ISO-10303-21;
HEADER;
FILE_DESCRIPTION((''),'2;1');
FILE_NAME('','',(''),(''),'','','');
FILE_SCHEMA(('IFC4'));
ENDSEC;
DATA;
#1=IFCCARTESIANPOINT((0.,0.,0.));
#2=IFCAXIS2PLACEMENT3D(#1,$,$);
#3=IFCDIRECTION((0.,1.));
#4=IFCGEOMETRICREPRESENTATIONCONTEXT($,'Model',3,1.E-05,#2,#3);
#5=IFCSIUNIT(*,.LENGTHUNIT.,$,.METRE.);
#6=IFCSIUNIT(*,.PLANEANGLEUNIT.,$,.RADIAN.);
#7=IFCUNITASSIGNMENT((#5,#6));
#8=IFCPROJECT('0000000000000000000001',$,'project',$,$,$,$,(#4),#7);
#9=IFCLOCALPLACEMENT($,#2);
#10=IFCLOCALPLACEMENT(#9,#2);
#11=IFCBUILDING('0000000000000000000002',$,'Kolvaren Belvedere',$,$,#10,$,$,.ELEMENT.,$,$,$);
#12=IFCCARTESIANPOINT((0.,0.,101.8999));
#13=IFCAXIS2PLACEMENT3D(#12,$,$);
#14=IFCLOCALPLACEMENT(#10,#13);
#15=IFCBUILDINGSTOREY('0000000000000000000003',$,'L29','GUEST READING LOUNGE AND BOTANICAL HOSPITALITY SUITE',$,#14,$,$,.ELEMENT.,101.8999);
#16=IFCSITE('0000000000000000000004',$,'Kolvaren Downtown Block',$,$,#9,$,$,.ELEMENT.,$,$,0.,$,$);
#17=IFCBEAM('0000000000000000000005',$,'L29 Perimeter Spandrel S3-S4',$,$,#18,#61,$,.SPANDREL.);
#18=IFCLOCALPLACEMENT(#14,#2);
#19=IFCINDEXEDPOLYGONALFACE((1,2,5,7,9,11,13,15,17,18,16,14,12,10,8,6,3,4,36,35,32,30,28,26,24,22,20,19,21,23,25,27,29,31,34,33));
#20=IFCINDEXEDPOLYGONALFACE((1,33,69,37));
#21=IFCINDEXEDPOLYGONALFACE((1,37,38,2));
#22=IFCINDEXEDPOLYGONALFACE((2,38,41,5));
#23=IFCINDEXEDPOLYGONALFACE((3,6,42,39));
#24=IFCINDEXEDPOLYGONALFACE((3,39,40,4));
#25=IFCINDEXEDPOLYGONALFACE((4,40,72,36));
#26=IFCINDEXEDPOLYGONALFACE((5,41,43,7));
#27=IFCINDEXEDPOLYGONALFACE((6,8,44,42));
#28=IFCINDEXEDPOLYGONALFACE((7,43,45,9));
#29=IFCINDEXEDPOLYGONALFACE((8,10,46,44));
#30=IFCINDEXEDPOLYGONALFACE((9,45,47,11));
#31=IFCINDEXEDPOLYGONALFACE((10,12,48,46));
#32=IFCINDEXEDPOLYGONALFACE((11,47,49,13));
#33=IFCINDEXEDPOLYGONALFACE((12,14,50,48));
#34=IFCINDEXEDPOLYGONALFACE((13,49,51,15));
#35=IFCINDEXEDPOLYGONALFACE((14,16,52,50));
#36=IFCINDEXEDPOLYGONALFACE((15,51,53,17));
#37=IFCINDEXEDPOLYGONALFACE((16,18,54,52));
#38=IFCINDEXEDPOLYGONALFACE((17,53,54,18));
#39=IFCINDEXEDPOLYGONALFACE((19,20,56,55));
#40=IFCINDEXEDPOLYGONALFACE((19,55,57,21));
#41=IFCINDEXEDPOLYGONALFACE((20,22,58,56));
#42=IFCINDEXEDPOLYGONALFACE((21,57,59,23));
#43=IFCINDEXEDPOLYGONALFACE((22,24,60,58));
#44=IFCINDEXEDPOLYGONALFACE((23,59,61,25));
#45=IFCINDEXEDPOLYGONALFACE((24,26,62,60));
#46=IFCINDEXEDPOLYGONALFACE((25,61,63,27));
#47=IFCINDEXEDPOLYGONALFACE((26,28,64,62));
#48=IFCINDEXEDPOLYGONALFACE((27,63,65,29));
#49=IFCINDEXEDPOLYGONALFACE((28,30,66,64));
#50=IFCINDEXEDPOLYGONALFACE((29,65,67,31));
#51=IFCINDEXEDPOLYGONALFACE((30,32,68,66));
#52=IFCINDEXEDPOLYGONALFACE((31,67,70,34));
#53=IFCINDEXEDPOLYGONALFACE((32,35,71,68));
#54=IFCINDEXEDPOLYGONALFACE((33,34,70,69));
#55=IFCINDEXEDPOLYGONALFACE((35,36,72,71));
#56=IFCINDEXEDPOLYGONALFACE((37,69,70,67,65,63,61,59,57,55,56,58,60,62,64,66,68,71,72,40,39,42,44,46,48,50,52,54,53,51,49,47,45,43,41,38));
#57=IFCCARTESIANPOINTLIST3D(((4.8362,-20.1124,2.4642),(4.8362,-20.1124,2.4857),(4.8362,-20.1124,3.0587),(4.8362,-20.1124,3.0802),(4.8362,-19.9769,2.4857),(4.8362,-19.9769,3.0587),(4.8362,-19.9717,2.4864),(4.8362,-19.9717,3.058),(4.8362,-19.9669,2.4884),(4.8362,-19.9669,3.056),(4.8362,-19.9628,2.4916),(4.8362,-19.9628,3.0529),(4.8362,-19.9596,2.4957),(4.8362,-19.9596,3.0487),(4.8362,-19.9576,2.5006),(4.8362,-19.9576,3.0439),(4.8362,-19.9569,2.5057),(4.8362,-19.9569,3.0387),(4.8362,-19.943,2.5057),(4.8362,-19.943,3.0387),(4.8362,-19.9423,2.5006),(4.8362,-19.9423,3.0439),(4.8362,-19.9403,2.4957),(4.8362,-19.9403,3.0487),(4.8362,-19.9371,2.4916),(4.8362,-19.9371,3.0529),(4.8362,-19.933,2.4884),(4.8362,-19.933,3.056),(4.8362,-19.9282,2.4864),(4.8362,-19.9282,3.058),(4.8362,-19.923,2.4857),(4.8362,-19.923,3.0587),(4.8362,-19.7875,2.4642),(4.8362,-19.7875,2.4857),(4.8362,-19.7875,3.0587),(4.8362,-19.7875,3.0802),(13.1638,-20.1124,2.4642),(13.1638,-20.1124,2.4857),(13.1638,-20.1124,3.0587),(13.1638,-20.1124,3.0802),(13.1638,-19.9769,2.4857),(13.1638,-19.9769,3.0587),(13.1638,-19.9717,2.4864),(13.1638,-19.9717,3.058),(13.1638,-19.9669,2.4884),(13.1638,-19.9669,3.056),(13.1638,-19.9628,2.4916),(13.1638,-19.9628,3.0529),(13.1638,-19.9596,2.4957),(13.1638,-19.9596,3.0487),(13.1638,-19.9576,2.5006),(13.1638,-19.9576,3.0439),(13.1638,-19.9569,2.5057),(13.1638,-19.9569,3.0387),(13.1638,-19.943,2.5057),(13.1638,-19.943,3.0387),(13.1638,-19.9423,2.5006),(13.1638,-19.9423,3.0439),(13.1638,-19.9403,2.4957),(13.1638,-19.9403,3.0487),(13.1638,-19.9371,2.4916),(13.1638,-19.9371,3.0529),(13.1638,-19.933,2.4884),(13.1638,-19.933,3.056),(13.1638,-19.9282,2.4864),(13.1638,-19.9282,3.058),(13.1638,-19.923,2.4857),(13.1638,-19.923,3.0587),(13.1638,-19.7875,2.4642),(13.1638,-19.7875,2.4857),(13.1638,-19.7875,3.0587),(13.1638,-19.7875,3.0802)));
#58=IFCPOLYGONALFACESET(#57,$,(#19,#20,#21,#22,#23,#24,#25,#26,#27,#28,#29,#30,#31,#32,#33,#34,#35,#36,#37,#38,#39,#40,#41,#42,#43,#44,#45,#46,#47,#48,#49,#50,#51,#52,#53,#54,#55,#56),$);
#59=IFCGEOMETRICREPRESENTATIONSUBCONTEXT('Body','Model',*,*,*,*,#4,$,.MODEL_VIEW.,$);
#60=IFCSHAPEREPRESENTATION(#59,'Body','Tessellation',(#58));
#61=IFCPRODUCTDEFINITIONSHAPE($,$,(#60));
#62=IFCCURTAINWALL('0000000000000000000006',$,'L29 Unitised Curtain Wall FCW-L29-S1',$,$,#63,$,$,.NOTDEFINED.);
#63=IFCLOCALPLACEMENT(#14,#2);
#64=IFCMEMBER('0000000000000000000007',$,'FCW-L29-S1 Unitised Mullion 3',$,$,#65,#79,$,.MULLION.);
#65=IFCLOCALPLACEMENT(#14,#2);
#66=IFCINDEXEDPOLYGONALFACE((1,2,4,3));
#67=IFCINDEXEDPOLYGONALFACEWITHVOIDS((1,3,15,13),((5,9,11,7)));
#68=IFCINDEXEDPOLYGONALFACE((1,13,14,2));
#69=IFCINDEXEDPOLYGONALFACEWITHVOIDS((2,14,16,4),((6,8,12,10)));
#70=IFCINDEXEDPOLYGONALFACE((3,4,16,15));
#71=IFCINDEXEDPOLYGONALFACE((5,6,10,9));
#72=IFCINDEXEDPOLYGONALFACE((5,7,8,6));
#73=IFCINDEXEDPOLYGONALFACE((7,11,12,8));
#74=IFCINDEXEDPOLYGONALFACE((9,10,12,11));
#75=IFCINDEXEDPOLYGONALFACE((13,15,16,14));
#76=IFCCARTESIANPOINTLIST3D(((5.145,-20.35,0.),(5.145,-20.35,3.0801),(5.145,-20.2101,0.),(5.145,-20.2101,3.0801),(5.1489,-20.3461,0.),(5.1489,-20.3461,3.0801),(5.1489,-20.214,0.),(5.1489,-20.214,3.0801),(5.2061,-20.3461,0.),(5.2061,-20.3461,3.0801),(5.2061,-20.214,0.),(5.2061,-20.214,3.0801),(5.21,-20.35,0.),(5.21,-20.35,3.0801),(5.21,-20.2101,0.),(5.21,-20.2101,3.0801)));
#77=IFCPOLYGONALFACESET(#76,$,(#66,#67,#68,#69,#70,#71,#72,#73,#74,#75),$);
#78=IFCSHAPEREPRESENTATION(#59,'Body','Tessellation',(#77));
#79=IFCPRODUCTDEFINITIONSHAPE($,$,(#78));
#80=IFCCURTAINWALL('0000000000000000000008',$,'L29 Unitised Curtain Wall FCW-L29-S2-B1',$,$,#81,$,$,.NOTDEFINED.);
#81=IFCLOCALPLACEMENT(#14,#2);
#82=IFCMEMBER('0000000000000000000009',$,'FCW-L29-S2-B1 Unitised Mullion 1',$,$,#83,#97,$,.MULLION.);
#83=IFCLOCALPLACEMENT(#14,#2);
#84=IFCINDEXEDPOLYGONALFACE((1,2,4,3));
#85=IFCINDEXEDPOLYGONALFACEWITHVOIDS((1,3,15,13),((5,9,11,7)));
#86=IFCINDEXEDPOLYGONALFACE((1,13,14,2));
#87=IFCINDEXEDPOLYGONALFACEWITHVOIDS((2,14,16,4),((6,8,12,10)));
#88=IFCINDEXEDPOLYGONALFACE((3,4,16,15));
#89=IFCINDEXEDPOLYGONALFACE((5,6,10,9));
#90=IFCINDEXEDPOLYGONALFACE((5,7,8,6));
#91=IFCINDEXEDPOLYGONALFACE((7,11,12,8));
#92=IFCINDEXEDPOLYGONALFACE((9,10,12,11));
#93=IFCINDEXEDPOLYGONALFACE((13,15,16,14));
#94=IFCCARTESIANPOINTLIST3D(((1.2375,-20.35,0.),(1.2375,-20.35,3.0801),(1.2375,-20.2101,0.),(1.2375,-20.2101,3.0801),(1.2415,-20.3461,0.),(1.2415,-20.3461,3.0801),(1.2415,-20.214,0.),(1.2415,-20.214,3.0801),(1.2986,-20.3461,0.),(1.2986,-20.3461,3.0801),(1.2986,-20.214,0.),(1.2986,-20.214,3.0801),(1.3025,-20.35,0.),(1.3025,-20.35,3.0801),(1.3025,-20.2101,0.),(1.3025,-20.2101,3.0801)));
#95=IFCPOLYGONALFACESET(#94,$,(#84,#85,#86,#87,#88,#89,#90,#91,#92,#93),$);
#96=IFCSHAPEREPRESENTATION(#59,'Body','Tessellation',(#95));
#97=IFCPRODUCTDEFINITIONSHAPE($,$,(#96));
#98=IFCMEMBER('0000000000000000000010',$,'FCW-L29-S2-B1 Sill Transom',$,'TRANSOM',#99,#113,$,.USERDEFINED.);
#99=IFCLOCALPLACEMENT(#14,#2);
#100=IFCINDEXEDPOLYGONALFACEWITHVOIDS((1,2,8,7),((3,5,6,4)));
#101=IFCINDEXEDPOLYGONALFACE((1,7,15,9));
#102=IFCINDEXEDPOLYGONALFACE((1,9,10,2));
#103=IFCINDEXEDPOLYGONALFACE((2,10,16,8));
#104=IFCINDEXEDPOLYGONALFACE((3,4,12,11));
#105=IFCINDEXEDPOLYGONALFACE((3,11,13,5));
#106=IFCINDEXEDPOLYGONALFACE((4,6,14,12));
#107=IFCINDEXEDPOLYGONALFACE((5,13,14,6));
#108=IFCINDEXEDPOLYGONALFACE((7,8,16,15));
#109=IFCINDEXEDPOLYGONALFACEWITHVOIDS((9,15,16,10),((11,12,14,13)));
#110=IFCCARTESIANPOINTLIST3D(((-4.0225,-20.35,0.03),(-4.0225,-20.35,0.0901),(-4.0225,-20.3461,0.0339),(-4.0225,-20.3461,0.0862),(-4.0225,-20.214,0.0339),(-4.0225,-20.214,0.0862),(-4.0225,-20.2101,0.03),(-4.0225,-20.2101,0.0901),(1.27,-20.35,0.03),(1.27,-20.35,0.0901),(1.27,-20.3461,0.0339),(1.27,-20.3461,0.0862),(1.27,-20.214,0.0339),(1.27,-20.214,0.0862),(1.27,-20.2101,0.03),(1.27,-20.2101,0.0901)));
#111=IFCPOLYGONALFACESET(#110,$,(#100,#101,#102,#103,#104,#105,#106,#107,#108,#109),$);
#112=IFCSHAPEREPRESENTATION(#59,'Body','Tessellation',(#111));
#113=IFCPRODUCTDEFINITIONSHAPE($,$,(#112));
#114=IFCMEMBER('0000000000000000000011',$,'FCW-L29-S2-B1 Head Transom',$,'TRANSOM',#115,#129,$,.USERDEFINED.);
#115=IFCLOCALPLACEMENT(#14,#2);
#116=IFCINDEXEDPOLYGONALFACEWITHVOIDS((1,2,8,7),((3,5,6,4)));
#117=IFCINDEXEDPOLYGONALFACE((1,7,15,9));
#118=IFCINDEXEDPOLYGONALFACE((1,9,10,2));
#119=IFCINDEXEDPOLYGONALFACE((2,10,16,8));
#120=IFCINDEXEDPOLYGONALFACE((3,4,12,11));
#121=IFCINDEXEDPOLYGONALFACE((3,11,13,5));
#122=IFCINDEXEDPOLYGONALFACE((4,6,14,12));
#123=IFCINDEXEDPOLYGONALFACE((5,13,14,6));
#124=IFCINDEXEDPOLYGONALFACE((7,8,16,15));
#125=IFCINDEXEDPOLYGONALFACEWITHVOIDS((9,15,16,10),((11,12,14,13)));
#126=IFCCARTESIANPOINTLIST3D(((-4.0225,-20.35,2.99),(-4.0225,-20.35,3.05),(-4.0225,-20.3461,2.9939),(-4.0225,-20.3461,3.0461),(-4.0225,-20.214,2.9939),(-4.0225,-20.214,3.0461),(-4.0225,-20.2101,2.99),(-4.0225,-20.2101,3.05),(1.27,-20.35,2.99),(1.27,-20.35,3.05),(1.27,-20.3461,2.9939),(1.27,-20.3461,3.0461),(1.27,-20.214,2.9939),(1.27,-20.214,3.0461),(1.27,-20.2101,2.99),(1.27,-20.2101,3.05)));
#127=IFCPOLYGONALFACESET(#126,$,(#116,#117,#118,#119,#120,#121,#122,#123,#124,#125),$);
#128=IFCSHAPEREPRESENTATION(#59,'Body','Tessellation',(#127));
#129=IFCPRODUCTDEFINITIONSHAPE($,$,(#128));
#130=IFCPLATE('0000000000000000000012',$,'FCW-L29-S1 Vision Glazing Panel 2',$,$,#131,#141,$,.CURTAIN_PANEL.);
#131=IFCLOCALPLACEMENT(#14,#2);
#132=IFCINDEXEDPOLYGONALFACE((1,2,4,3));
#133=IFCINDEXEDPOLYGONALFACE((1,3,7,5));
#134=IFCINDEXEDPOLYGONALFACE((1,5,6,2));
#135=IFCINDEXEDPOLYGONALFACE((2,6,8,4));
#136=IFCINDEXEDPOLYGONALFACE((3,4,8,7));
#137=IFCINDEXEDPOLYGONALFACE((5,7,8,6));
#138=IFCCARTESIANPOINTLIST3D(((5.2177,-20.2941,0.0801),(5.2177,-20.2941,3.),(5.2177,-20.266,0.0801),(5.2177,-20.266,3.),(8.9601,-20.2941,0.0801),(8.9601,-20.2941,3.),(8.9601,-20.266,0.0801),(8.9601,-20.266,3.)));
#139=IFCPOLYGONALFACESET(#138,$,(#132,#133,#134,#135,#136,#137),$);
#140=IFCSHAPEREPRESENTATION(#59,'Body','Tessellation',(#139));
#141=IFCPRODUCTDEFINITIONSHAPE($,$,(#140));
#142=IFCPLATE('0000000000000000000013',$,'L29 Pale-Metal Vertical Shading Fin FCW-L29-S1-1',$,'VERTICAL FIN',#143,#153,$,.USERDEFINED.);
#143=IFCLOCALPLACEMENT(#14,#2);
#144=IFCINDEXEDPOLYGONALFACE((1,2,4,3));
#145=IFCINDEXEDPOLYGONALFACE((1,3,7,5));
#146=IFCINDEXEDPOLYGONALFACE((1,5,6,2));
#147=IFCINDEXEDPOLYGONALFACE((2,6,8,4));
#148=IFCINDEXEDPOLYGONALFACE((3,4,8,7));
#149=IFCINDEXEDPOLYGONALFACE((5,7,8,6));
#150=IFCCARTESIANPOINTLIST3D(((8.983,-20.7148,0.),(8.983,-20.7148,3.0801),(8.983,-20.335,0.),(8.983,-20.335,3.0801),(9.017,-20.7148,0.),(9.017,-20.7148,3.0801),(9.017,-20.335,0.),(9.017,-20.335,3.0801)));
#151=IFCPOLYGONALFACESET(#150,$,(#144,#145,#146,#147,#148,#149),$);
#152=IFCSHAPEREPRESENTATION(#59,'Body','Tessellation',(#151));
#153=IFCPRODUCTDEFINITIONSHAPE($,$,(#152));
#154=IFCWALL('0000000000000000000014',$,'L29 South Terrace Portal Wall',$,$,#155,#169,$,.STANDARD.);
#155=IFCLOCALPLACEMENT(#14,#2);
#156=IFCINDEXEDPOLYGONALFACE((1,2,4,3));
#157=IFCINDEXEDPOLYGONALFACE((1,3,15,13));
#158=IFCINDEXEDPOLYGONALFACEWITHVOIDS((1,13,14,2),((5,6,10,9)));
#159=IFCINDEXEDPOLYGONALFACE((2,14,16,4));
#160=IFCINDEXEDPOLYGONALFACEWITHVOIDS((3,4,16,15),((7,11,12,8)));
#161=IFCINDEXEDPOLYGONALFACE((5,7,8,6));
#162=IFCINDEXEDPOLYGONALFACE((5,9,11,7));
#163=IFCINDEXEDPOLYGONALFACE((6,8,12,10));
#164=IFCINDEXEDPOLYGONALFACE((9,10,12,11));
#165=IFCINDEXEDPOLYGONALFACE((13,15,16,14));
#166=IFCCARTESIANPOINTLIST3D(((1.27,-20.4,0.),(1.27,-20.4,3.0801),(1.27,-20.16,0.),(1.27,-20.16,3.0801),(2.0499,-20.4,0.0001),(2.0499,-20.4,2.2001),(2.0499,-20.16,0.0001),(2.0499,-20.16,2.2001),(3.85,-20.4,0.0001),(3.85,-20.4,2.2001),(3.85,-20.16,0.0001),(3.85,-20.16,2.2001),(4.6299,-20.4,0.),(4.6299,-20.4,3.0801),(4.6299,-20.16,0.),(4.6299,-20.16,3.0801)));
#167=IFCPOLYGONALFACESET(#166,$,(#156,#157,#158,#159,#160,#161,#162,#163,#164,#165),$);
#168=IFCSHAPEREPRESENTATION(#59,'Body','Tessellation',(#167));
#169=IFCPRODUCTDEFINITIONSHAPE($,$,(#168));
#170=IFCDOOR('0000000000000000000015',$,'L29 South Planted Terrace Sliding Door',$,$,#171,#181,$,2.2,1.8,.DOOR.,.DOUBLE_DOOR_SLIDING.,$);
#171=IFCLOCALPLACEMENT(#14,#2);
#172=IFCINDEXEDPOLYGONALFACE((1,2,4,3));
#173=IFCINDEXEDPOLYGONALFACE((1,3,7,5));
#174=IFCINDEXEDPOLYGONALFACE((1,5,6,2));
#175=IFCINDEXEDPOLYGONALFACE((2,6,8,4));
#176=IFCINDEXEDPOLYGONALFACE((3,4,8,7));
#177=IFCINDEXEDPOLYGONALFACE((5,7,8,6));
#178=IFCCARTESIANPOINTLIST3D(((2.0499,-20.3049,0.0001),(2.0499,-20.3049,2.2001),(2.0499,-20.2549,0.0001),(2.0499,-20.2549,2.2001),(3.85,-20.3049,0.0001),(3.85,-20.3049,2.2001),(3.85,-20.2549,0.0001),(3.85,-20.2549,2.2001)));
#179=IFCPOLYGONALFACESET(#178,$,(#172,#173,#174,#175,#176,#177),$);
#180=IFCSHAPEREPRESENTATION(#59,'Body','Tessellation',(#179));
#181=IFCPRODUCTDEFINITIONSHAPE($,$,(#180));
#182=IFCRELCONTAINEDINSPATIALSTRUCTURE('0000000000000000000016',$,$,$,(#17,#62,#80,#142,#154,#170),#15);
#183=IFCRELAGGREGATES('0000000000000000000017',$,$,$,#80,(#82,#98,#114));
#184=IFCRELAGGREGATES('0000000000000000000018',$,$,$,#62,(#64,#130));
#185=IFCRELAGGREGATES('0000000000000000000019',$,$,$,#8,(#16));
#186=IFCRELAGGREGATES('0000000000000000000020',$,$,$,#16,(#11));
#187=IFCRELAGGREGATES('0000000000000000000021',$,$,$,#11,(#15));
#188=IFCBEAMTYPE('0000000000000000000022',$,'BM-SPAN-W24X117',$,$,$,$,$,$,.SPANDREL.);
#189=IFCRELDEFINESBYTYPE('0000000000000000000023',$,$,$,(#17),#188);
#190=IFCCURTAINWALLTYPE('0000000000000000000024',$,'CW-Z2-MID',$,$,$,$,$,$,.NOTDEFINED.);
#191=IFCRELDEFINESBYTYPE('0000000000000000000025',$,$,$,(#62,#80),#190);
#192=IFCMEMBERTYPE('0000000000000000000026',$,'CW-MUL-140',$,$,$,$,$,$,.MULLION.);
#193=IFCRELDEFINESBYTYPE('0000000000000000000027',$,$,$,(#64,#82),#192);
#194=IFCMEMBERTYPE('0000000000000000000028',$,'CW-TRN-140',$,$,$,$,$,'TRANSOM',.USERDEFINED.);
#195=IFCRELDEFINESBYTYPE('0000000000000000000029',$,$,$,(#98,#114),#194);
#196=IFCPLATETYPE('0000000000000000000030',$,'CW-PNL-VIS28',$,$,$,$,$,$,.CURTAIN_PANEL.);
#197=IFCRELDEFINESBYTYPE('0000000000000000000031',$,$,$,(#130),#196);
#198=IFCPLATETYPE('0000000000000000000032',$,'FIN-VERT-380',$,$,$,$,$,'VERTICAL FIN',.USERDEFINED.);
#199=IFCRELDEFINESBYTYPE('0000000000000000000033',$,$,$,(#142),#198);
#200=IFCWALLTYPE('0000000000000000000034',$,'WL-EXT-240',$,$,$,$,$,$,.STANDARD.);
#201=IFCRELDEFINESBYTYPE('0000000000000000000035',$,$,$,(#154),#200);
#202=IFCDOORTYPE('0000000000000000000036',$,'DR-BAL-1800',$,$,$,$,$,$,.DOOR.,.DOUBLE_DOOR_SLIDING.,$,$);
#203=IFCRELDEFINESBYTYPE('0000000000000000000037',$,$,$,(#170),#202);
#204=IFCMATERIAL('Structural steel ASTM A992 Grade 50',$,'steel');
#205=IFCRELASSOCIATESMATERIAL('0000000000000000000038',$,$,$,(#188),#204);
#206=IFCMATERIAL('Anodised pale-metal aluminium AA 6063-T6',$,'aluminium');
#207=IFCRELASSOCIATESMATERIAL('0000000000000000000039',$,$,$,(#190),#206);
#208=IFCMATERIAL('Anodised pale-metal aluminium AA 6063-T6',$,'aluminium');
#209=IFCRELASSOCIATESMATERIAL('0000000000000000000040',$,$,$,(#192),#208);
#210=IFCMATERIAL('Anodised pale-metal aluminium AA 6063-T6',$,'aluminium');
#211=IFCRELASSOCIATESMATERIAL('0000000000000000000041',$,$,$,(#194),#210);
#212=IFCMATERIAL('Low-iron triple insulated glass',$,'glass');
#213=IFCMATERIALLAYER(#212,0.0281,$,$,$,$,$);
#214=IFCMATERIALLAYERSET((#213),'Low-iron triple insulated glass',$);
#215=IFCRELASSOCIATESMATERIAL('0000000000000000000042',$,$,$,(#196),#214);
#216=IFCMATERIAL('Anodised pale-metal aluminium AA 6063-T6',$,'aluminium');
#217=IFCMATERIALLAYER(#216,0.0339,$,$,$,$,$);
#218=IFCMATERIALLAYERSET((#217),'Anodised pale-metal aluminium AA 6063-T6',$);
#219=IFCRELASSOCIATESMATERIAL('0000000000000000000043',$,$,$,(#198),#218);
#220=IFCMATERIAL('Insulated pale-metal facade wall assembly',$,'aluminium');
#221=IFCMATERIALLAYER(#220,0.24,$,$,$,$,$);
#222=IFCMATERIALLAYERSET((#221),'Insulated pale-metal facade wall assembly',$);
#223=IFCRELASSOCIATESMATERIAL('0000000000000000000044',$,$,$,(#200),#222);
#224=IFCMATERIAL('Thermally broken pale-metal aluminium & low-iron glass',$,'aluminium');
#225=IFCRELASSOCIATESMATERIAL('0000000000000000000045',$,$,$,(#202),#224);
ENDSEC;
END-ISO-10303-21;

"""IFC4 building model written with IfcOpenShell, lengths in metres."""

from ifc_helpers import new_model, si_unit, direction, frame, frame_2d, origin, origin_2d, place, context, subcontext, project, spatial, rectangle, hollow_rectangle, i_section, extrude, material, layer, layer_set, material_profile, profile_set, type_object, element, fill, aggregate, save


model = new_model("IFC4")

# Units and contexts
model_context = context("Model", 3, precision=1e-05, world=origin(), true_north=direction((0.0, 1.0)))
body_context = subcontext(model_context, "Body", "Model", "MODEL_VIEW")
ifc_project = project(units=[si_unit("LENGTHUNIT", "METRE"), si_unit("PLANEANGLEUNIT", "RADIAN")], contexts=[model_context])

# Site, building, storey
site_placement = place(None, origin())
site = spatial("IfcSite", under=ifc_project, at=site_placement, Name="Kolvaren Downtown Block", CompositionType="ELEMENT", RefElevation=0.0)
building_placement = place(site_placement, origin())
building = spatial("IfcBuilding", under=site, at=building_placement, Name="Kolvaren Belvedere", CompositionType="ELEMENT")
storey_placement = place(building_placement, frame((0.0, 0.0, 101.8999)))
storey = spatial("IfcBuildingStorey", under=building, at=storey_placement, Name="L29", Description="GUEST READING LOUNGE AND BOTANICAL HOSPITALITY SUITE", CompositionType="ELEMENT", Elevation=101.8999)

# Beam
ifc_material_1 = material(Name="Structural steel ASTM A992 Grade 50", Category="steel")
ifc_material_profile_1 = material_profile(ifc_material_1, i_section(OverallWidth=0.325, OverallDepth=0.616, WebThickness=0.0139, FlangeThickness=0.0215, FilletRadius=0.02, at=origin_2d()), Name="W24X117")
ifc_profile_set_1 = profile_set([ifc_material_profile_1], Name="Structural steel ASTM A992 Grade 50")
beam_type_1 = type_object("IfcBeamType", Name="BM-SPAN-W24X117", PredefinedType="SPANDREL", material=ifc_profile_set_1)
beam_1_placement = place(storey_placement, frame((4.8362, -19.95, 2.7722), z_axis=(1.0, 0.0, 0.0), x_axis=(0.0, 1.0, 0.0)))
element("IfcBeam", 1, at=beam_1_placement, inside=storey, type_object=beam_type_1, Name="L29 Perimeter Spandrel S3-S4", PredefinedType="SPANDREL", context=body_context, shape_type="SweptSolid", body=[
    extrude(i_section(OverallWidth=0.325, OverallDepth=0.616, WebThickness=0.0139, FlangeThickness=0.0215, FilletRadius=0.02, at=origin_2d()), origin(), (0.0, 0.0, 1.0), 8.3276),
])

# Curtain wall, member
ifc_material_2 = material(Name="Anodised pale-metal aluminium AA 6063-T6", Category="aluminium")
curtain_wall_type = type_object("IfcCurtainWallType", Name="CW-Z2-MID", PredefinedType="NOTDEFINED", material=ifc_material_2)
curtain_wall_1_placement = place(storey_placement, origin())
curtain_wall_1 = element("IfcCurtainWall", 2, at=curtain_wall_1_placement, inside=storey, type_object=curtain_wall_type, Name="L29 Unitised Curtain Wall FCW-L29-S1", PredefinedType="NOTDEFINED")
ifc_material_3 = material(Name="Anodised pale-metal aluminium AA 6063-T6", Category="aluminium")
ifc_material_profile_2 = material_profile(ifc_material_3, hollow_rectangle(XDim=0.0649, YDim=0.1399, WallThickness=0.0039, at=origin_2d()), Name="ALU-MUL-140X65")
ifc_profile_set_2 = profile_set([ifc_material_profile_2], Name="Anodised pale-metal aluminium AA 6063-T6")
member_type_1 = type_object("IfcMemberType", Name="CW-MUL-140", PredefinedType="MULLION", material=ifc_profile_set_2)
member_1_placement = place(storey_placement, frame((5.1775, -20.28, 0.0), z_axis=(0.0, 0.0, 1.0), x_axis=(1.0, 0.0, 0.0)))
member_1 = element("IfcMember", 3, at=member_1_placement, type_object=member_type_1, Name="FCW-L29-S1 Unitised Mullion 3", PredefinedType="MULLION", context=body_context, shape_type="SweptSolid", body=[
    extrude(hollow_rectangle(XDim=0.0649, YDim=0.1399, WallThickness=0.0039, at=origin_2d()), origin(), (0.0, 0.0, 1.0), 3.0801),
])

# Curtain wall, members
curtain_wall_2_placement = place(storey_placement, origin())
curtain_wall_2 = element("IfcCurtainWall", 4, at=curtain_wall_2_placement, inside=storey, type_object=curtain_wall_type, Name="L29 Unitised Curtain Wall FCW-L29-S2-B1", PredefinedType="NOTDEFINED")
member_2_placement = place(storey_placement, frame((1.27, -20.28, 0.0), z_axis=(0.0, 0.0, 1.0), x_axis=(1.0, 0.0, 0.0)))
member_2 = element("IfcMember", 5, at=member_2_placement, type_object=member_type_1, Name="FCW-L29-S2-B1 Unitised Mullion 1", PredefinedType="MULLION", context=body_context, shape_type="SweptSolid", body=[
    extrude(hollow_rectangle(XDim=0.0649, YDim=0.1399, WallThickness=0.0039, at=origin_2d()), origin(), (0.0, 0.0, 1.0), 3.0801),
])
ifc_material_4 = material(Name="Anodised pale-metal aluminium AA 6063-T6", Category="aluminium")
ifc_material_profile_3 = material_profile(ifc_material_4, hollow_rectangle(XDim=0.0601, YDim=0.1399, WallThickness=0.0039, at=origin_2d()), Name="ALU-TRN-140X60")
ifc_profile_set_3 = profile_set([ifc_material_profile_3], Name="Anodised pale-metal aluminium AA 6063-T6")
member_type_2 = type_object("IfcMemberType", Name="CW-TRN-140", ElementType="TRANSOM", PredefinedType="USERDEFINED", material=ifc_profile_set_3)
member_3_placement = place(storey_placement, frame((1.27, -20.28, 0.0601), z_axis=(-1.0, 0.0, 0.0), x_axis=(0.0, 0.0, 1.0)))
member_3 = element("IfcMember", 6, at=member_3_placement, type_object=member_type_2, Name="FCW-L29-S2-B1 Sill Transom", ObjectType="TRANSOM", PredefinedType="USERDEFINED", context=body_context, shape_type="SweptSolid", body=[
    extrude(hollow_rectangle(XDim=0.0601, YDim=0.1399, WallThickness=0.0039, at=origin_2d()), origin(), (0.0, 0.0, 1.0), 5.2925),
])
member_4_placement = place(storey_placement, frame((1.27, -20.28, 3.02), z_axis=(-1.0, 0.0, 0.0), x_axis=(0.0, 0.0, 1.0)))
member_4 = element("IfcMember", 7, at=member_4_placement, type_object=member_type_2, Name="FCW-L29-S2-B1 Head Transom", ObjectType="TRANSOM", PredefinedType="USERDEFINED", context=body_context, shape_type="SweptSolid", body=[
    extrude(hollow_rectangle(XDim=0.0601, YDim=0.1399, WallThickness=0.0039, at=origin_2d()), origin(), (0.0, 0.0, 1.0), 5.2925),
])
aggregate(curtain_wall_2, [member_2, member_3, member_4])

# Plates
ifc_material_5 = material(Name="Low-iron triple insulated glass", Category="glass")
ifc_layer_1 = layer(ifc_material_5, 0.0281)
ifc_layer_set_1 = layer_set([ifc_layer_1], Name="Low-iron triple insulated glass")
plate_type_1 = type_object("IfcPlateType", Name="CW-PNL-VIS28", PredefinedType="CURTAIN_PANEL", material=ifc_layer_set_1)
plate_1_placement = place(storey_placement, frame((7.0889, -20.28, 0.0801), z_axis=(0.0, 0.0, 1.0), x_axis=(-1.0, 0.0, 0.0)))
plate_1 = element("IfcPlate", 8, at=plate_1_placement, type_object=plate_type_1, Name="FCW-L29-S1 Vision Glazing Panel 2", PredefinedType="CURTAIN_PANEL", context=body_context, shape_type="SweptSolid", body=[
    extrude(rectangle(XDim=3.7424, YDim=0.0281, at=origin_2d()), origin(), (0.0, 0.0, 1.0), 2.9199),
])
aggregate(curtain_wall_1, [member_1, plate_1])
ifc_material_6 = material(Name="Anodised pale-metal aluminium AA 6063-T6", Category="aluminium")
ifc_layer_2 = layer(ifc_material_6, 0.0339)
ifc_layer_set_2 = layer_set([ifc_layer_2], Name="Anodised pale-metal aluminium AA 6063-T6")
plate_type_2 = type_object("IfcPlateType", Name="FIN-VERT-380", ElementType="VERTICAL FIN", PredefinedType="USERDEFINED", material=ifc_layer_set_2)
plate_2_placement = place(storey_placement, frame((9.0, -20.5249, 0.0), z_axis=(0.0, 0.0, 1.0), x_axis=(0.0, 1.0, 0.0)))
element("IfcPlate", 9, at=plate_2_placement, inside=storey, type_object=plate_type_2, Name="L29 Pale-Metal Vertical Shading Fin FCW-L29-S1-1", ObjectType="VERTICAL FIN", PredefinedType="USERDEFINED", context=body_context, shape_type="SweptSolid", body=[
    extrude(rectangle(XDim=0.3799, YDim=0.0339, at=origin_2d()), origin(), (0.0, 0.0, 1.0), 3.0801),
])

# Wall, opening, door
ifc_material_7 = material(Name="Insulated pale-metal facade wall assembly", Category="aluminium")
ifc_layer_3 = layer(ifc_material_7, 0.24)
ifc_layer_set_3 = layer_set([ifc_layer_3], Name="Insulated pale-metal facade wall assembly")
wall_type_1 = type_object("IfcWallType", Name="WL-EXT-240", PredefinedType="STANDARD", material=ifc_layer_set_3)
wall_1_placement = place(storey_placement, frame((4.6299, -20.28, 0.0), z_axis=(0.0, 0.0, 1.0), x_axis=(-1.0, 0.0, 0.0)))
wall_1 = element("IfcWall", 10, at=wall_1_placement, inside=storey, type_object=wall_type_1, Name="L29 South Terrace Portal Wall", PredefinedType="STANDARD", context=body_context, shape_type="SweptSolid", body=[
    extrude(rectangle(XDim=3.3599, YDim=0.24, at=frame_2d((1.6799, 0.0))), origin(), (0.0, 0.0, 1.0), 3.0801),
])
opening_1_placement = place(wall_1_placement, frame((0.78, 0.0, 0.0)))
opening_1 = element("IfcOpeningElement", 11, at=opening_1_placement, cuts=wall_1, PredefinedType="OPENING", context=body_context, shape_type="SweptSolid", body=[
    extrude(rectangle(XDim=1.8, YDim=2.2, at=frame_2d((0.8999, 1.1001))), frame((0.0, 0.1299, 0.0), z_axis=(0.0, -1.0, 0.0), x_axis=(1.0, 0.0, 0.0)), (0.0, 0.0, 1.0), 0.26),
])
ifc_material_8 = material(Name="Thermally broken pale-metal aluminium & low-iron glass", Category="aluminium")
door_type_1 = type_object("IfcDoorType", Name="DR-BAL-1800", OperationType="DOUBLE_DOOR_SLIDING", PredefinedType="DOOR", material=ifc_material_8)
door_1_placement = place(opening_1_placement, origin())
door_1 = element("IfcDoor", 12, at=door_1_placement, inside=storey, type_object=door_type_1, Name="L29 South Planted Terrace Sliding Door", OperationType="DOUBLE_DOOR_SLIDING", OverallHeight=2.2, OverallWidth=1.8, PredefinedType="DOOR", context=body_context, shape_type="SweptSolid", body=[
    extrude(rectangle(XDim=1.8, YDim=2.2, at=frame_2d((0.8999, 1.1001))), frame((0.0, 0.0249, 0.0), z_axis=(0.0, -1.0, 0.0), x_axis=(1.0, 0.0, 0.0)), (0.0, 0.0, 1.0), 0.05),
])
fill(opening_1, door_1)

save(model, "model.ifc")
